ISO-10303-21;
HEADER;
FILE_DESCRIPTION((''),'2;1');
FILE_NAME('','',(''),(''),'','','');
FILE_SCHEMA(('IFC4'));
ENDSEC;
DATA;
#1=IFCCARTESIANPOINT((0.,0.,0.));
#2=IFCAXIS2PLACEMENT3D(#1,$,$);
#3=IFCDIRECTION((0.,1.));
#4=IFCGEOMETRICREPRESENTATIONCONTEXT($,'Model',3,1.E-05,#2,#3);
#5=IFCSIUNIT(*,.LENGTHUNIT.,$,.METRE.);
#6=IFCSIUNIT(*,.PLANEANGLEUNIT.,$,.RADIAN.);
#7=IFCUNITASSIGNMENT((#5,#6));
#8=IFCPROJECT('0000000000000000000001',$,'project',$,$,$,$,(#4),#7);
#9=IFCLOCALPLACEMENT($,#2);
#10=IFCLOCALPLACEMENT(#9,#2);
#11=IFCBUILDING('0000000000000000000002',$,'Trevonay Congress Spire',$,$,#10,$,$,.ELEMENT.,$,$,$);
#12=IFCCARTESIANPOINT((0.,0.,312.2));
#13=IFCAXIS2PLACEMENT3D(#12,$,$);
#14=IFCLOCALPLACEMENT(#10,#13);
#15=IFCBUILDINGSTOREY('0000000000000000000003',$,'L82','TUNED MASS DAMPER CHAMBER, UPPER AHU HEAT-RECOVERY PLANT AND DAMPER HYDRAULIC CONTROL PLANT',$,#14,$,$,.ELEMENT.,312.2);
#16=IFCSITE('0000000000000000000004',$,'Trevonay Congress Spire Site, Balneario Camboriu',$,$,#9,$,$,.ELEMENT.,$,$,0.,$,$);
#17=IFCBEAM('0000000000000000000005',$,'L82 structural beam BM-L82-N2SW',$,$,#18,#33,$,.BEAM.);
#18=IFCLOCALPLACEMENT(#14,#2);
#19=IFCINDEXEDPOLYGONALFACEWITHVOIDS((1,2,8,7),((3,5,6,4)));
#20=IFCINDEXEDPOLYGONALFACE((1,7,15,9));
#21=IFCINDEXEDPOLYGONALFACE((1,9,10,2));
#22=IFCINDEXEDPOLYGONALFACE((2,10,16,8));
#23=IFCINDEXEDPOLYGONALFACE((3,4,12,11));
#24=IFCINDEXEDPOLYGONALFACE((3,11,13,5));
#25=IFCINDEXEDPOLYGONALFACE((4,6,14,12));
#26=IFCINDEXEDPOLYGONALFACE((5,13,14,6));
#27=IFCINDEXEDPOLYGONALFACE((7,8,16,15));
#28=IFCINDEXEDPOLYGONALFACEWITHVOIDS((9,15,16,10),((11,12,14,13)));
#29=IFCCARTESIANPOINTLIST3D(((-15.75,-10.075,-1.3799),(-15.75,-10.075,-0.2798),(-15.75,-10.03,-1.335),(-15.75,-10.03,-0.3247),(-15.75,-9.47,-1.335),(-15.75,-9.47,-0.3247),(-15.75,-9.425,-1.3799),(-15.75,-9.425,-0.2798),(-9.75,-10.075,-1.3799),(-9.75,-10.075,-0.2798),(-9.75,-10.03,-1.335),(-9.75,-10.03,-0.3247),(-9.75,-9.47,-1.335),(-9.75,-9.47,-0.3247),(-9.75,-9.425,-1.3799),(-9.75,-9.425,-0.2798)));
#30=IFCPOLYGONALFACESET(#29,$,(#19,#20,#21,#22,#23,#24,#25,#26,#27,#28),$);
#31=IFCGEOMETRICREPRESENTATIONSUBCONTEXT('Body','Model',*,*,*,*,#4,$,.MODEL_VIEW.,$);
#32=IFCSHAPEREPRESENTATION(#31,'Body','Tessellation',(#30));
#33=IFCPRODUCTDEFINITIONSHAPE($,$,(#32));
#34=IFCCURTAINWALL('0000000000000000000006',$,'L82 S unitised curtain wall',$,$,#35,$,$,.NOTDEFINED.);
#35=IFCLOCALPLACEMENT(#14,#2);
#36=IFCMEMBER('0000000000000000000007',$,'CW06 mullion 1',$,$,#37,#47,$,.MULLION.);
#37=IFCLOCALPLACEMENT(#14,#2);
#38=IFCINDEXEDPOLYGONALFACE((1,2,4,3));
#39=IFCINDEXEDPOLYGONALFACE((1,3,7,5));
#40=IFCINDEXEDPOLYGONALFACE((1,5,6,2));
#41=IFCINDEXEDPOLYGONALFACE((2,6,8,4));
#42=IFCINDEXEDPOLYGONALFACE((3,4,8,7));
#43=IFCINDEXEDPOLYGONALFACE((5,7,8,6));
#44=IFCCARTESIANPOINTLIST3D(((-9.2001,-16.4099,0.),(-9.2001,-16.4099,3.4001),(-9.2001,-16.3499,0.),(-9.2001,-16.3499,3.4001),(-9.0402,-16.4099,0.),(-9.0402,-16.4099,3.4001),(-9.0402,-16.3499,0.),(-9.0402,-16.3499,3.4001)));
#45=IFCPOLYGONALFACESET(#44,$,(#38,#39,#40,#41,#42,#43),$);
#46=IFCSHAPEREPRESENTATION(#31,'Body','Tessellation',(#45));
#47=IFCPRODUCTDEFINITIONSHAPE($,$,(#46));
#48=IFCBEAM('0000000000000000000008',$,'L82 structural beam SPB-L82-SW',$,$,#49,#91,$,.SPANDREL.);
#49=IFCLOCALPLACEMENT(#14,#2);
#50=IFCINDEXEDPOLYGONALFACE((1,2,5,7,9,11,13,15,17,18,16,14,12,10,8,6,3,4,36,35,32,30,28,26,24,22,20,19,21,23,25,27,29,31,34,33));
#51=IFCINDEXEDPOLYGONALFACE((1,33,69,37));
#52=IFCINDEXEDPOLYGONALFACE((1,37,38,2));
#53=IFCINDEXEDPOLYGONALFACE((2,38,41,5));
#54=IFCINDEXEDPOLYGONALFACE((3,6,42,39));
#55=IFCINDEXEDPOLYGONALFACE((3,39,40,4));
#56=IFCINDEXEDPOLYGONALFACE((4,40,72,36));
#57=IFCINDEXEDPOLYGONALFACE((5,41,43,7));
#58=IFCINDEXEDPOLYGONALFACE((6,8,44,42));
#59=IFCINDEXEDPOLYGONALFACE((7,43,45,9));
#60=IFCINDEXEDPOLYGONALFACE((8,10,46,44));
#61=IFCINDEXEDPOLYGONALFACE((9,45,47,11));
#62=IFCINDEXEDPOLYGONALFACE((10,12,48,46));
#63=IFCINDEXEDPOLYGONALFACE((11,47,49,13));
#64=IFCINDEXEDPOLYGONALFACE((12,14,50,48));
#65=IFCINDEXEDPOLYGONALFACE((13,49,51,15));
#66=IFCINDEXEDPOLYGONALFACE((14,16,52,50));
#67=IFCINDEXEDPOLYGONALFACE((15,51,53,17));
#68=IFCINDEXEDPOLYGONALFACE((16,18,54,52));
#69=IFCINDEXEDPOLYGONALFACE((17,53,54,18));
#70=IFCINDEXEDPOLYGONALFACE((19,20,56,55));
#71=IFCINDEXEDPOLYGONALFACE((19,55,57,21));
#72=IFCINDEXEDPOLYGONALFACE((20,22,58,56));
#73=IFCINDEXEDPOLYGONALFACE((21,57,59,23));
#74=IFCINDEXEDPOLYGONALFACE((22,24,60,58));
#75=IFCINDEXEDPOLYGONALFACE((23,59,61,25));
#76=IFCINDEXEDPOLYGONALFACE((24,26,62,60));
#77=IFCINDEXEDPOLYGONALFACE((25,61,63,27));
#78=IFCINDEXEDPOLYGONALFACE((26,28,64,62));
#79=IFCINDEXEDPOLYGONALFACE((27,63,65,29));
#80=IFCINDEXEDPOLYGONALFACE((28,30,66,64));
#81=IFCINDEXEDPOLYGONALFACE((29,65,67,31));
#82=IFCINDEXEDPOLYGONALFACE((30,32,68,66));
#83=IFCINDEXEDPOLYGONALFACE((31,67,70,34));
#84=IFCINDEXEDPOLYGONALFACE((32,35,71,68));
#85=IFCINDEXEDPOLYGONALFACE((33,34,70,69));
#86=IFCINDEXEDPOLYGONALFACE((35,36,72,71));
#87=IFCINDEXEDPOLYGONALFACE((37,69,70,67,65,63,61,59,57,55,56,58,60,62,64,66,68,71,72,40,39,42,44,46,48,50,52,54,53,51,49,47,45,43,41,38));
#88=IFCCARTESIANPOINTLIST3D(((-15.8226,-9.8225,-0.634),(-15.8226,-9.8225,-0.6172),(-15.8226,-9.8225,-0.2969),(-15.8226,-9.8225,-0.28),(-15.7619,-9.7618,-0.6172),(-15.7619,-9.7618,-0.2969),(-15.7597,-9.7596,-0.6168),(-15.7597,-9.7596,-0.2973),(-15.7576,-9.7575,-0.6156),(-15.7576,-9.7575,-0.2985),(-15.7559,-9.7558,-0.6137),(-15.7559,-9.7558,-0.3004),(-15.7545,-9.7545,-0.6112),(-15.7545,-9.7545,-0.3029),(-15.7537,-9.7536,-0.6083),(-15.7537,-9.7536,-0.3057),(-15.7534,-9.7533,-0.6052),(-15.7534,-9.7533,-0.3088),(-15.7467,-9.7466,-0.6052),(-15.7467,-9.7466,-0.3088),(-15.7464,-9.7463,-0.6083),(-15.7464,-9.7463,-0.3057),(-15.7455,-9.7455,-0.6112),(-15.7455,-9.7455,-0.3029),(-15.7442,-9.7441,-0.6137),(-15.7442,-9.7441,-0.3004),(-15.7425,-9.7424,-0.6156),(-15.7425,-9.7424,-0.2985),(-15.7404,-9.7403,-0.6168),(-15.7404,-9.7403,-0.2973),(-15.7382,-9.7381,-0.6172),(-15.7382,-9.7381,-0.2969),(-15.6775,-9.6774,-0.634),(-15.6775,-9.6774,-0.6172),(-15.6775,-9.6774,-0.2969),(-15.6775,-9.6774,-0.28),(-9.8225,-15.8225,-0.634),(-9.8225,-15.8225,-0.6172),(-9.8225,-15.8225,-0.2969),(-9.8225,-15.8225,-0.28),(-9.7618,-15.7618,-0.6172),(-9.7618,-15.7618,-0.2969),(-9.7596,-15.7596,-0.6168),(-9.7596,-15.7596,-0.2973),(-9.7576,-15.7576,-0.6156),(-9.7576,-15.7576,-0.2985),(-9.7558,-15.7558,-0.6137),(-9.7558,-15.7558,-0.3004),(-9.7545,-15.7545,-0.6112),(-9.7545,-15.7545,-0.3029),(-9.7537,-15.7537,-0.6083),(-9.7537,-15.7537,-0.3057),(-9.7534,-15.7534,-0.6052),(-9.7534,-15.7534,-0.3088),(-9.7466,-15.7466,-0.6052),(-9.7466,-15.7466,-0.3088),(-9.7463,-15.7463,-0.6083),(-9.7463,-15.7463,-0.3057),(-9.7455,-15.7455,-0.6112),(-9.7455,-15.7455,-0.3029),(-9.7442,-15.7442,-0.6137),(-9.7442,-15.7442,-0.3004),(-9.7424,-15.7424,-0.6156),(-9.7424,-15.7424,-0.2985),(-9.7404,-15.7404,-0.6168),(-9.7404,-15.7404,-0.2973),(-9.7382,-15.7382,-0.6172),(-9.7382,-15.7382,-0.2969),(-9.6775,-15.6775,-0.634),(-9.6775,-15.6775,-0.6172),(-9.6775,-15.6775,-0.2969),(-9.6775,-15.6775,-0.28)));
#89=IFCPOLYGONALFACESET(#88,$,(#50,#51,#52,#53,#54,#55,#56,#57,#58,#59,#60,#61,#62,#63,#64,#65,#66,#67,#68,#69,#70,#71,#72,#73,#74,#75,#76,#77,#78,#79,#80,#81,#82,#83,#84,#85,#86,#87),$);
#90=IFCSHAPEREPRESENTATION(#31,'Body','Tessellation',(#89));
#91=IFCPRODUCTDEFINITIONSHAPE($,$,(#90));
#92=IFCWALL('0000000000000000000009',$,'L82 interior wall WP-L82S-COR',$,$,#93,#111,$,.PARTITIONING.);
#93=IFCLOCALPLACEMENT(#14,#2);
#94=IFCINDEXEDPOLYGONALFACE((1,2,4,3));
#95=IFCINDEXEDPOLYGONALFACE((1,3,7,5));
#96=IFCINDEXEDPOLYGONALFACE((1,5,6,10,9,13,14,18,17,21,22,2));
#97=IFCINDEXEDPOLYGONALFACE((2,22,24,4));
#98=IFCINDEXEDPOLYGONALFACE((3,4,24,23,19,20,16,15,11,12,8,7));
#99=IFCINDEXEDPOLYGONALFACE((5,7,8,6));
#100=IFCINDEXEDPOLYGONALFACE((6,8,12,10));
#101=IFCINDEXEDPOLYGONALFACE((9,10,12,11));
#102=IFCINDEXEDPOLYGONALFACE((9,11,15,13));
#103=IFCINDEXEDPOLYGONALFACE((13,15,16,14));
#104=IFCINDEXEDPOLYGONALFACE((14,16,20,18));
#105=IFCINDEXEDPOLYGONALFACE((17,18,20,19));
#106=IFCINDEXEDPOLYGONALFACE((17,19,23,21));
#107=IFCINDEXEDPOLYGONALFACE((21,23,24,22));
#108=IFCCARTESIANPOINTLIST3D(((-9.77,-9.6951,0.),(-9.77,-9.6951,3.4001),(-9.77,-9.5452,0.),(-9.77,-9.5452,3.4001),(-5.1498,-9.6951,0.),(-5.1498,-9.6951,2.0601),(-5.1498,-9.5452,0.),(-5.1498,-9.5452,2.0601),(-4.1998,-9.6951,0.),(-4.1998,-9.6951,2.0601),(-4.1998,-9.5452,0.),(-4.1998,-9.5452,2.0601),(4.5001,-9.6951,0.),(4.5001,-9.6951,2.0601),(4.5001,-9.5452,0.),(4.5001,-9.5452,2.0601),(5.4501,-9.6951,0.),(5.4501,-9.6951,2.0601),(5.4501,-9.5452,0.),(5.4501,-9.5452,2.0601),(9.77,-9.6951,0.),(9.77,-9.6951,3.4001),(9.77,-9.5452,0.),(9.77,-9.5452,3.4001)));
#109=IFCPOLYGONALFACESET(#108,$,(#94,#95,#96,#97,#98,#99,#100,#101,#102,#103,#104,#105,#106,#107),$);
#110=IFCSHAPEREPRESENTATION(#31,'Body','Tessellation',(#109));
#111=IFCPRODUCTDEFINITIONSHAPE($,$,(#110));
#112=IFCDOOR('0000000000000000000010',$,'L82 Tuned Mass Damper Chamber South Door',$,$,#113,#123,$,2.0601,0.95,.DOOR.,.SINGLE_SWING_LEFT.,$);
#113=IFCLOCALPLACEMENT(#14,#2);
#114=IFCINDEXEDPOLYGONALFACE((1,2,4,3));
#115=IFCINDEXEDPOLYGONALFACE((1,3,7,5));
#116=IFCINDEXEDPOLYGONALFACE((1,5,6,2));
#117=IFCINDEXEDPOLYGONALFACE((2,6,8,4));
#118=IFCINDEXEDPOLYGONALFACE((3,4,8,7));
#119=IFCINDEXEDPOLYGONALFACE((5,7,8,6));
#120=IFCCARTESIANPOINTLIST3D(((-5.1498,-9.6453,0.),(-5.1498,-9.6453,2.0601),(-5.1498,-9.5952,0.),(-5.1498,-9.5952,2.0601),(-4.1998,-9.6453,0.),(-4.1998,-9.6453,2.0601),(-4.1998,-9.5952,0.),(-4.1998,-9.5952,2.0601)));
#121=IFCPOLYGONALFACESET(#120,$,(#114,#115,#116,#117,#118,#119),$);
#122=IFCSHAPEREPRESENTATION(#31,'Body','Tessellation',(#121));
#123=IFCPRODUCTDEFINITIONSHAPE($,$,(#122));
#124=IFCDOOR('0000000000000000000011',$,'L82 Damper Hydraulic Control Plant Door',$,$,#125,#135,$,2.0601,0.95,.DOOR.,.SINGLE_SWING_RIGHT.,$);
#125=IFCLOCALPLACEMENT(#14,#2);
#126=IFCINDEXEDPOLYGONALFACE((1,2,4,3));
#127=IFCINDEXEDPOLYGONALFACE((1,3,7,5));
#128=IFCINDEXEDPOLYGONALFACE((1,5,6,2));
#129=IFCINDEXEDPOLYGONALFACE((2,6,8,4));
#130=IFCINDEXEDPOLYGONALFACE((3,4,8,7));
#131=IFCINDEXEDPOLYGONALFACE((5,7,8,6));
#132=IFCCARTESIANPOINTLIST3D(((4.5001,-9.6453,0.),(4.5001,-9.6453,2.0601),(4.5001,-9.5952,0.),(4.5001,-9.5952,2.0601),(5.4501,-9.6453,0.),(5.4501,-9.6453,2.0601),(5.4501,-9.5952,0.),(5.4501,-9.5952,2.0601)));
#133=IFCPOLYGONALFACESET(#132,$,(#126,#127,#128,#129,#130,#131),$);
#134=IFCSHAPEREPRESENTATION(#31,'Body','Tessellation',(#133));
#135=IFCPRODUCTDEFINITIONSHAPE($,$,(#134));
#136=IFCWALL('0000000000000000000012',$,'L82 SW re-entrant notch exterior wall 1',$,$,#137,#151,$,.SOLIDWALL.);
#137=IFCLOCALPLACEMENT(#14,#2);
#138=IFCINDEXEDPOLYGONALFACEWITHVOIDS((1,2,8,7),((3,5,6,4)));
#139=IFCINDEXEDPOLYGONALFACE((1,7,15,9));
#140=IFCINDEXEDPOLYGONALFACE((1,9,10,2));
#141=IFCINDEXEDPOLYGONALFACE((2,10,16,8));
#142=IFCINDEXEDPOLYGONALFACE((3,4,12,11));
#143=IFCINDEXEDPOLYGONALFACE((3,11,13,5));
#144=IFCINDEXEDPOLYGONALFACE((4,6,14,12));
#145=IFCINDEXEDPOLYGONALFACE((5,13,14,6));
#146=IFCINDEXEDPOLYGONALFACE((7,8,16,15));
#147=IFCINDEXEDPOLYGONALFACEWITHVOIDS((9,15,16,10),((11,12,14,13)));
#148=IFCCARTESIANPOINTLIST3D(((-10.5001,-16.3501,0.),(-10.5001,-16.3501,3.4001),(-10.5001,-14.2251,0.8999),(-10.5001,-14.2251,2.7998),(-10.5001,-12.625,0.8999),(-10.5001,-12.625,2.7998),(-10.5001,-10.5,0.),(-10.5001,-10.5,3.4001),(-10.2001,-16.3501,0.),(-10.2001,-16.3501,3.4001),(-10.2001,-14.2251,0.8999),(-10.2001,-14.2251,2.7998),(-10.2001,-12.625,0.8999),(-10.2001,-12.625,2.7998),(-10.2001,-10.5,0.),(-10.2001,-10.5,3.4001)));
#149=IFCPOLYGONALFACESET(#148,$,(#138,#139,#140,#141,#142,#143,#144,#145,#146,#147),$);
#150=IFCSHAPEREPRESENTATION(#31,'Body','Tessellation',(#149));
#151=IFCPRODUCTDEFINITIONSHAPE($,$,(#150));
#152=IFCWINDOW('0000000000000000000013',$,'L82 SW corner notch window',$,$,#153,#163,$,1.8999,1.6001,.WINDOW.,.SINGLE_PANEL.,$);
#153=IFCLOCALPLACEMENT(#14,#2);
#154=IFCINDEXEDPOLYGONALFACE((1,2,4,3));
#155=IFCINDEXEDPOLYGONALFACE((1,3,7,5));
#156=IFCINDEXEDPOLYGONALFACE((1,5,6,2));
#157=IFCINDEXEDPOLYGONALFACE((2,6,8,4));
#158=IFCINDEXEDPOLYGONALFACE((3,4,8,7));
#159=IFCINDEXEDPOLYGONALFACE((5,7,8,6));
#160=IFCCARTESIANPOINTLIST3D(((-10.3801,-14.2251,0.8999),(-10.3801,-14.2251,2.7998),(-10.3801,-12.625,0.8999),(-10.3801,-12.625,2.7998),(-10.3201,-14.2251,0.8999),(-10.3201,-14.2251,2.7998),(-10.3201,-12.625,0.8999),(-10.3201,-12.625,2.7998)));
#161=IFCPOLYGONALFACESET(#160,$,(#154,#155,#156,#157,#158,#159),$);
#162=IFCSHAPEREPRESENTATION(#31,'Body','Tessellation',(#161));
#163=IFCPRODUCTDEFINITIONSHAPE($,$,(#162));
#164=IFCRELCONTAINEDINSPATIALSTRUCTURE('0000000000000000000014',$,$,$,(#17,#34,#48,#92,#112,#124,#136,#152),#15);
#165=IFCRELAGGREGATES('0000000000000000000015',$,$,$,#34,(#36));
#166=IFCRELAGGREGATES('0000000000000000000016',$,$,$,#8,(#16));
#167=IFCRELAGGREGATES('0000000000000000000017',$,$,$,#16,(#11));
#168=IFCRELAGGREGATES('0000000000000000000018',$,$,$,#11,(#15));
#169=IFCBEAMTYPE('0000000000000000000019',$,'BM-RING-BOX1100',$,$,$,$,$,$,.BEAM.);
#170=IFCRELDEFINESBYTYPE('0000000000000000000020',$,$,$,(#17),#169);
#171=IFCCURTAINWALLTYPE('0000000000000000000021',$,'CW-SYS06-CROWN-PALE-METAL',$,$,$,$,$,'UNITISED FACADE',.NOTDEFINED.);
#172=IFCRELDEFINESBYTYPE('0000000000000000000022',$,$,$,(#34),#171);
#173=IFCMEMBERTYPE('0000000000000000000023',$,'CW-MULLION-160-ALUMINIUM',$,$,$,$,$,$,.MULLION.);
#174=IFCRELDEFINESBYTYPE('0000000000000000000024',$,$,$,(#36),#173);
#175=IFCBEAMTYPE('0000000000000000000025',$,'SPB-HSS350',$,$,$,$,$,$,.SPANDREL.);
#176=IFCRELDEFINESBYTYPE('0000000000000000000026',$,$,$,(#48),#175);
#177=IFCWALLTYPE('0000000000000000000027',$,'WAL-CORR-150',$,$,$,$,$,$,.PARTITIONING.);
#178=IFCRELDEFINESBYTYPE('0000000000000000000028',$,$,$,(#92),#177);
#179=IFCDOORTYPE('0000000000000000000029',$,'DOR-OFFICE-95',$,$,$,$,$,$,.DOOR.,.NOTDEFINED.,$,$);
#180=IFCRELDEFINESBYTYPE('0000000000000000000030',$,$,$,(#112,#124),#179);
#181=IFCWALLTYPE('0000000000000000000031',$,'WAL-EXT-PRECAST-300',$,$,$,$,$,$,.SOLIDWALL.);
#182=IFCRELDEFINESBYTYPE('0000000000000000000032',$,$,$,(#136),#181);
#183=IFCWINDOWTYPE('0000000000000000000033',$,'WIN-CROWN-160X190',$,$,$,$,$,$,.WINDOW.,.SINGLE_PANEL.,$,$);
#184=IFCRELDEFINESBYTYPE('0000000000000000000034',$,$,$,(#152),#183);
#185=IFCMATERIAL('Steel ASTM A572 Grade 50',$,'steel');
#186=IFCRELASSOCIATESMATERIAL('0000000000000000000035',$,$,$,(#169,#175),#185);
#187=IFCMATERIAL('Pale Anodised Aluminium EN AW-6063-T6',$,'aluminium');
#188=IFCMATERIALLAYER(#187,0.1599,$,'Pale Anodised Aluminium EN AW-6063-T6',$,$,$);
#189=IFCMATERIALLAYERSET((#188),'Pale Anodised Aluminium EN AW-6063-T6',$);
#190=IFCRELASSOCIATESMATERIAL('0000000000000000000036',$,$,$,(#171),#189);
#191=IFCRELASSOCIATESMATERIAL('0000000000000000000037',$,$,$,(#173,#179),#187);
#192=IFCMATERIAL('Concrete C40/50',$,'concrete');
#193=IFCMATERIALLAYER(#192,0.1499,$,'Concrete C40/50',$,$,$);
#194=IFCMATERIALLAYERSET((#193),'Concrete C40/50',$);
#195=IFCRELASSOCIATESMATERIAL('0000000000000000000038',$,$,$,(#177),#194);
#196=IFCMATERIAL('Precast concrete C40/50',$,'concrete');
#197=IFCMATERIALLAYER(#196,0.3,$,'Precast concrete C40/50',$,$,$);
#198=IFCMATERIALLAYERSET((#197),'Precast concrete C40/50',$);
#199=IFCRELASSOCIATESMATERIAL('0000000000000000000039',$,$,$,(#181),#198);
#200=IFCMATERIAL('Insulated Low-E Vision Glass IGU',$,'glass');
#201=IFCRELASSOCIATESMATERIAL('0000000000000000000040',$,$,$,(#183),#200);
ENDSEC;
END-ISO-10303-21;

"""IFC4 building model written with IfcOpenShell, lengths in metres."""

from ifc_helpers import new_model, si_unit, direction, frame, frame_2d, origin, origin_2d, place, context, subcontext, project, spatial, rectangle, hollow_rectangle, i_section, extrude, material, layer, layer_set, material_profile, profile_set, type_object, element, fill, aggregate, save


model = new_model("IFC4")

# Units and contexts
model_context = context("Model", 3, precision=1e-05, world=origin(), true_north=direction((0.0, 1.0)))
body_context = subcontext(model_context, "Body", "Model", "MODEL_VIEW")
ifc_project = project(units=[si_unit("LENGTHUNIT", "METRE"), si_unit("PLANEANGLEUNIT", "RADIAN")], contexts=[model_context])

# Site, building, storey
site_placement = place(None, origin())
site = spatial("IfcSite", under=ifc_project, at=site_placement, Name="Trevonay Congress Spire Site, Balneario Camboriu", CompositionType="ELEMENT", RefElevation=0.0)
building_placement = place(site_placement, origin())
building = spatial("IfcBuilding", under=site, at=building_placement, Name="Trevonay Congress Spire", CompositionType="ELEMENT")
storey_placement = place(building_placement, frame((0.0, 0.0, 312.2)))
storey = spatial("IfcBuildingStorey", under=building, at=storey_placement, Name="L82", Description="TUNED MASS DAMPER CHAMBER, UPPER AHU HEAT-RECOVERY PLANT AND DAMPER HYDRAULIC CONTROL PLANT", CompositionType="ELEMENT", Elevation=312.2)

# Shared definitions
ifc_material_1 = material(Name="Steel ASTM A572 Grade 50", Category="steel")

# Beam
ifc_material_profile_1 = material_profile(ifc_material_1, hollow_rectangle(XDim=0.6499, YDim=1.1001, WallThickness=0.0449, at=origin_2d()), Name="BOX 1100x650x45")
ifc_profile_set_1 = profile_set([ifc_material_profile_1], Name="Steel ASTM A572 Grade 50")
beam_type_1 = type_object("IfcBeamType", Name="BM-RING-BOX1100", PredefinedType="BEAM", material=ifc_profile_set_1)
for number, where, z_axis, x_axis, name in (
    (1, (-15.75, -9.75, -0.8298), (1.0, 0.0, 0.0), (0.0, 1.0, 0.0), "L82 structural beam BM-L82-N2SW"),
):
    element("IfcBeam", number, at=place(storey_placement, frame(where, z_axis=z_axis, x_axis=x_axis)), inside=storey, type_object=beam_type_1, Name=name, PredefinedType="BEAM", context=body_context, shape_type="SweptSolid", body=[
        extrude(hollow_rectangle(XDim=0.6499, YDim=1.1001, WallThickness=0.0449, at=origin_2d()), origin(), (0.0, 0.0, 1.0), 6.0),
    ])

# Curtain wall, member
ifc_material_2 = material(Name="Pale Anodised Aluminium EN AW-6063-T6", Category="aluminium")
ifc_layer_1 = layer(ifc_material_2, 0.1599, Name="Pale Anodised Aluminium EN AW-6063-T6")
ifc_layer_set_1 = layer_set([ifc_layer_1], Name="Pale Anodised Aluminium EN AW-6063-T6")
curtain_wall_type = type_object("IfcCurtainWallType", Name="CW-SYS06-CROWN-PALE-METAL", ElementType="UNITISED FACADE", PredefinedType="NOTDEFINED", material=ifc_layer_set_1)
curtain_wall_placement = place(storey_placement, origin())
curtain_wall = element("IfcCurtainWall", 2, at=curtain_wall_placement, inside=storey, type_object=curtain_wall_type, Name="L82 S unitised curtain wall", PredefinedType="NOTDEFINED")
ifc_material_profile_2 = material_profile(ifc_material_2, rectangle(XDim=0.0601, YDim=0.1599, at=origin_2d()), Name="CW-MULLION-160-ALUMINIUM")
ifc_profile_set_2 = profile_set([ifc_material_profile_2], Name="Pale Anodised Aluminium EN AW-6063-T6")
member_type = type_object("IfcMemberType", Name="CW-MULLION-160-ALUMINIUM", PredefinedType="MULLION", material=ifc_profile_set_2)
member_placement = place(storey_placement, frame((-9.1201, -16.3799, 0.0), z_axis=(0.0, 0.0, 1.0), x_axis=(0.0, 1.0, 0.0)))
member = element("IfcMember", 3, at=member_placement, type_object=member_type, Name="CW06 mullion 1", PredefinedType="MULLION", context=body_context, shape_type="SweptSolid", body=[
    extrude(rectangle(XDim=0.0601, YDim=0.1599, at=origin_2d()), origin(), (0.0, 0.0, 1.0), 3.4001),
])
aggregate(curtain_wall, [member])

# Beam
ifc_material_profile_3 = material_profile(ifc_material_1, i_section(OverallWidth=0.2051, OverallDepth=0.354, WebThickness=0.0095, FlangeThickness=0.0168, FilletRadius=0.012, at=origin_2d()), Name="W360x79")
ifc_profile_set_3 = profile_set([ifc_material_profile_3], Name="Steel ASTM A572 Grade 50")
beam_type_2 = type_object("IfcBeamType", Name="SPB-HSS350", PredefinedType="SPANDREL", material=ifc_profile_set_3)
beam_placement = place(storey_placement, frame((-9.75, -15.75, -0.457), z_axis=(-0.707107, 0.707107, 0.0), x_axis=(-0.707107, -0.707107, 0.0)))
element("IfcBeam", 4, at=beam_placement, inside=storey, type_object=beam_type_2, Name="L82 structural beam SPB-L82-SW", PredefinedType="SPANDREL", context=body_context, shape_type="SweptSolid", body=[
    extrude(i_section(OverallWidth=0.2051, OverallDepth=0.354, WebThickness=0.0095, FlangeThickness=0.0168, FilletRadius=0.012, at=origin_2d()), origin(), (0.0, 0.0, 1.0), 8.4854),
])

# Wall, openings, doors
ifc_material_3 = material(Name="Concrete C40/50", Category="concrete")
ifc_layer_2 = layer(ifc_material_3, 0.1499, Name="Concrete C40/50")
ifc_layer_set_2 = layer_set([ifc_layer_2], Name="Concrete C40/50")
wall_type_1 = type_object("IfcWallType", Name="WAL-CORR-150", PredefinedType="PARTITIONING", material=ifc_layer_set_2)
wall_1_placement = place(storey_placement, frame((-9.77, -9.6201, 0.0), z_axis=(0.0, 0.0, 1.0), x_axis=(1.0, 0.0, 0.0)))
wall_1 = element("IfcWall", 5, at=wall_1_placement, inside=storey, type_object=wall_type_1, Name="L82 interior wall WP-L82S-COR", PredefinedType="PARTITIONING", context=body_context, shape_type="SweptSolid", body=[
    extrude(rectangle(XDim=19.54, YDim=0.1499, at=frame_2d((9.77, 0.0))), origin(), (0.0, 0.0, 1.0), 3.4001),
])
opening_1_placement = place(wall_1_placement, frame((4.6201, 0.0, 0.0)))
opening_1 = element("IfcOpeningElement", 6, at=opening_1_placement, cuts=wall_1, PredefinedType="OPENING", context=body_context, shape_type="SweptSolid", body=[
    extrude(rectangle(XDim=0.95, YDim=2.0601, at=frame_2d((0.4751, 1.03))), frame((0.0, 0.085, 0.0), z_axis=(0.0, -1.0, 0.0), x_axis=(1.0, 0.0, 0.0)), (0.0, 0.0, 1.0), 0.1699),
])
opening_2_placement = place(wall_1_placement, frame((14.27, 0.0, 0.0)))
opening_2 = element("IfcOpeningElement", 7, at=opening_2_placement, cuts=wall_1, PredefinedType="OPENING", context=body_context, shape_type="SweptSolid", body=[
    extrude(rectangle(XDim=0.95, YDim=2.0601, at=frame_2d((0.4751, 1.03))), frame((0.0, 0.085, 0.0), z_axis=(0.0, -1.0, 0.0), x_axis=(1.0, 0.0, 0.0)), (0.0, 0.0, 1.0), 0.1699),
])
door_type = type_object("IfcDoorType", Name="DOR-OFFICE-95", OperationType="NOTDEFINED", PredefinedType="DOOR", material=ifc_material_2)
door_1_placement = place(opening_1_placement, origin())
door_1 = element("IfcDoor", 8, at=door_1_placement, inside=storey, type_object=door_type, Name="L82 Tuned Mass Damper Chamber South Door", OperationType="SINGLE_SWING_LEFT", OverallHeight=2.0601, OverallWidth=0.95, PredefinedType="DOOR", context=body_context, shape_type="SweptSolid", body=[
    extrude(rectangle(XDim=0.95, YDim=2.0601, at=frame_2d((0.4751, 1.03))), frame((0.0, 0.0249, 0.0), z_axis=(0.0, -1.0, 0.0), x_axis=(1.0, 0.0, 0.0)), (0.0, 0.0, 1.0), 0.05),
])
fill(opening_1, door_1)
door_2_placement = place(opening_2_placement, origin())
door_2 = element("IfcDoor", 9, at=door_2_placement, inside=storey, type_object=door_type, Name="L82 Damper Hydraulic Control Plant Door", OperationType="SINGLE_SWING_RIGHT", OverallHeight=2.0601, OverallWidth=0.95, PredefinedType="DOOR", context=body_context, shape_type="SweptSolid", body=[
    extrude(rectangle(XDim=0.95, YDim=2.0601, at=frame_2d((0.4751, 1.03))), frame((0.0, 0.0249, 0.0), z_axis=(0.0, -1.0, 0.0), x_axis=(1.0, 0.0, 0.0)), (0.0, 0.0, 1.0), 0.05),
])
fill(opening_2, door_2)

# Wall, opening, window
ifc_material_4 = material(Name="Precast concrete C40/50", Category="concrete")
ifc_layer_3 = layer(ifc_material_4, 0.3, Name="Precast concrete C40/50")
ifc_layer_set_3 = layer_set([ifc_layer_3], Name="Precast concrete C40/50")
wall_type_2 = type_object("IfcWallType", Name="WAL-EXT-PRECAST-300", PredefinedType="SOLIDWALL", material=ifc_layer_set_3)
wall_2_placement = place(storey_placement, frame((-10.3501, -16.3501, 0.0), z_axis=(0.0, 0.0, 1.0), x_axis=(0.0, 1.0, 0.0)))
wall_2 = element("IfcWall", 10, at=wall_2_placement, inside=storey, type_object=wall_type_2, Name="L82 SW re-entrant notch exterior wall 1", PredefinedType="SOLIDWALL", context=body_context, shape_type="SweptSolid", body=[
    extrude(rectangle(XDim=5.8501, YDim=0.3, at=frame_2d((2.925, 0.0))), origin(), (0.0, 0.0, 1.0), 3.4001),
])
opening_3_placement = place(wall_2_placement, frame((2.125, 0.0, 0.8999)))
opening_3 = element("IfcOpeningElement", 11, at=opening_3_placement, cuts=wall_2, PredefinedType="OPENING", context=body_context, shape_type="SweptSolid", body=[
    extrude(rectangle(XDim=1.6001, YDim=1.8999, at=frame_2d((0.8, 0.95))), frame((0.0, 0.1602, 0.0), z_axis=(0.0, -1.0, 0.0), x_axis=(1.0, 0.0, 0.0)), (0.0, 0.0, 1.0), 0.3201),
])
ifc_material_5 = material(Name="Insulated Low-E Vision Glass IGU", Category="glass")
window_type = type_object("IfcWindowType", Name="WIN-CROWN-160X190", PartitioningType="SINGLE_PANEL", PredefinedType="WINDOW", material=ifc_material_5)
window_placement = place(opening_3_placement, origin())
window = element("IfcWindow", 12, at=window_placement, inside=storey, type_object=window_type, Name="L82 SW corner notch window", OverallHeight=1.8999, OverallWidth=1.6001, PartitioningType="SINGLE_PANEL", PredefinedType="WINDOW", context=body_context, shape_type="SweptSolid", body=[
    extrude(rectangle(XDim=1.6001, YDim=1.8999, at=frame_2d((0.8, 0.95))), frame((0.0, 0.03, 0.0), z_axis=(0.0, -1.0, 0.0), x_axis=(1.0, 0.0, 0.0)), (0.0, 0.0, 1.0), 0.0601),
])
fill(opening_3, window)

save(model, "model.ifc")
